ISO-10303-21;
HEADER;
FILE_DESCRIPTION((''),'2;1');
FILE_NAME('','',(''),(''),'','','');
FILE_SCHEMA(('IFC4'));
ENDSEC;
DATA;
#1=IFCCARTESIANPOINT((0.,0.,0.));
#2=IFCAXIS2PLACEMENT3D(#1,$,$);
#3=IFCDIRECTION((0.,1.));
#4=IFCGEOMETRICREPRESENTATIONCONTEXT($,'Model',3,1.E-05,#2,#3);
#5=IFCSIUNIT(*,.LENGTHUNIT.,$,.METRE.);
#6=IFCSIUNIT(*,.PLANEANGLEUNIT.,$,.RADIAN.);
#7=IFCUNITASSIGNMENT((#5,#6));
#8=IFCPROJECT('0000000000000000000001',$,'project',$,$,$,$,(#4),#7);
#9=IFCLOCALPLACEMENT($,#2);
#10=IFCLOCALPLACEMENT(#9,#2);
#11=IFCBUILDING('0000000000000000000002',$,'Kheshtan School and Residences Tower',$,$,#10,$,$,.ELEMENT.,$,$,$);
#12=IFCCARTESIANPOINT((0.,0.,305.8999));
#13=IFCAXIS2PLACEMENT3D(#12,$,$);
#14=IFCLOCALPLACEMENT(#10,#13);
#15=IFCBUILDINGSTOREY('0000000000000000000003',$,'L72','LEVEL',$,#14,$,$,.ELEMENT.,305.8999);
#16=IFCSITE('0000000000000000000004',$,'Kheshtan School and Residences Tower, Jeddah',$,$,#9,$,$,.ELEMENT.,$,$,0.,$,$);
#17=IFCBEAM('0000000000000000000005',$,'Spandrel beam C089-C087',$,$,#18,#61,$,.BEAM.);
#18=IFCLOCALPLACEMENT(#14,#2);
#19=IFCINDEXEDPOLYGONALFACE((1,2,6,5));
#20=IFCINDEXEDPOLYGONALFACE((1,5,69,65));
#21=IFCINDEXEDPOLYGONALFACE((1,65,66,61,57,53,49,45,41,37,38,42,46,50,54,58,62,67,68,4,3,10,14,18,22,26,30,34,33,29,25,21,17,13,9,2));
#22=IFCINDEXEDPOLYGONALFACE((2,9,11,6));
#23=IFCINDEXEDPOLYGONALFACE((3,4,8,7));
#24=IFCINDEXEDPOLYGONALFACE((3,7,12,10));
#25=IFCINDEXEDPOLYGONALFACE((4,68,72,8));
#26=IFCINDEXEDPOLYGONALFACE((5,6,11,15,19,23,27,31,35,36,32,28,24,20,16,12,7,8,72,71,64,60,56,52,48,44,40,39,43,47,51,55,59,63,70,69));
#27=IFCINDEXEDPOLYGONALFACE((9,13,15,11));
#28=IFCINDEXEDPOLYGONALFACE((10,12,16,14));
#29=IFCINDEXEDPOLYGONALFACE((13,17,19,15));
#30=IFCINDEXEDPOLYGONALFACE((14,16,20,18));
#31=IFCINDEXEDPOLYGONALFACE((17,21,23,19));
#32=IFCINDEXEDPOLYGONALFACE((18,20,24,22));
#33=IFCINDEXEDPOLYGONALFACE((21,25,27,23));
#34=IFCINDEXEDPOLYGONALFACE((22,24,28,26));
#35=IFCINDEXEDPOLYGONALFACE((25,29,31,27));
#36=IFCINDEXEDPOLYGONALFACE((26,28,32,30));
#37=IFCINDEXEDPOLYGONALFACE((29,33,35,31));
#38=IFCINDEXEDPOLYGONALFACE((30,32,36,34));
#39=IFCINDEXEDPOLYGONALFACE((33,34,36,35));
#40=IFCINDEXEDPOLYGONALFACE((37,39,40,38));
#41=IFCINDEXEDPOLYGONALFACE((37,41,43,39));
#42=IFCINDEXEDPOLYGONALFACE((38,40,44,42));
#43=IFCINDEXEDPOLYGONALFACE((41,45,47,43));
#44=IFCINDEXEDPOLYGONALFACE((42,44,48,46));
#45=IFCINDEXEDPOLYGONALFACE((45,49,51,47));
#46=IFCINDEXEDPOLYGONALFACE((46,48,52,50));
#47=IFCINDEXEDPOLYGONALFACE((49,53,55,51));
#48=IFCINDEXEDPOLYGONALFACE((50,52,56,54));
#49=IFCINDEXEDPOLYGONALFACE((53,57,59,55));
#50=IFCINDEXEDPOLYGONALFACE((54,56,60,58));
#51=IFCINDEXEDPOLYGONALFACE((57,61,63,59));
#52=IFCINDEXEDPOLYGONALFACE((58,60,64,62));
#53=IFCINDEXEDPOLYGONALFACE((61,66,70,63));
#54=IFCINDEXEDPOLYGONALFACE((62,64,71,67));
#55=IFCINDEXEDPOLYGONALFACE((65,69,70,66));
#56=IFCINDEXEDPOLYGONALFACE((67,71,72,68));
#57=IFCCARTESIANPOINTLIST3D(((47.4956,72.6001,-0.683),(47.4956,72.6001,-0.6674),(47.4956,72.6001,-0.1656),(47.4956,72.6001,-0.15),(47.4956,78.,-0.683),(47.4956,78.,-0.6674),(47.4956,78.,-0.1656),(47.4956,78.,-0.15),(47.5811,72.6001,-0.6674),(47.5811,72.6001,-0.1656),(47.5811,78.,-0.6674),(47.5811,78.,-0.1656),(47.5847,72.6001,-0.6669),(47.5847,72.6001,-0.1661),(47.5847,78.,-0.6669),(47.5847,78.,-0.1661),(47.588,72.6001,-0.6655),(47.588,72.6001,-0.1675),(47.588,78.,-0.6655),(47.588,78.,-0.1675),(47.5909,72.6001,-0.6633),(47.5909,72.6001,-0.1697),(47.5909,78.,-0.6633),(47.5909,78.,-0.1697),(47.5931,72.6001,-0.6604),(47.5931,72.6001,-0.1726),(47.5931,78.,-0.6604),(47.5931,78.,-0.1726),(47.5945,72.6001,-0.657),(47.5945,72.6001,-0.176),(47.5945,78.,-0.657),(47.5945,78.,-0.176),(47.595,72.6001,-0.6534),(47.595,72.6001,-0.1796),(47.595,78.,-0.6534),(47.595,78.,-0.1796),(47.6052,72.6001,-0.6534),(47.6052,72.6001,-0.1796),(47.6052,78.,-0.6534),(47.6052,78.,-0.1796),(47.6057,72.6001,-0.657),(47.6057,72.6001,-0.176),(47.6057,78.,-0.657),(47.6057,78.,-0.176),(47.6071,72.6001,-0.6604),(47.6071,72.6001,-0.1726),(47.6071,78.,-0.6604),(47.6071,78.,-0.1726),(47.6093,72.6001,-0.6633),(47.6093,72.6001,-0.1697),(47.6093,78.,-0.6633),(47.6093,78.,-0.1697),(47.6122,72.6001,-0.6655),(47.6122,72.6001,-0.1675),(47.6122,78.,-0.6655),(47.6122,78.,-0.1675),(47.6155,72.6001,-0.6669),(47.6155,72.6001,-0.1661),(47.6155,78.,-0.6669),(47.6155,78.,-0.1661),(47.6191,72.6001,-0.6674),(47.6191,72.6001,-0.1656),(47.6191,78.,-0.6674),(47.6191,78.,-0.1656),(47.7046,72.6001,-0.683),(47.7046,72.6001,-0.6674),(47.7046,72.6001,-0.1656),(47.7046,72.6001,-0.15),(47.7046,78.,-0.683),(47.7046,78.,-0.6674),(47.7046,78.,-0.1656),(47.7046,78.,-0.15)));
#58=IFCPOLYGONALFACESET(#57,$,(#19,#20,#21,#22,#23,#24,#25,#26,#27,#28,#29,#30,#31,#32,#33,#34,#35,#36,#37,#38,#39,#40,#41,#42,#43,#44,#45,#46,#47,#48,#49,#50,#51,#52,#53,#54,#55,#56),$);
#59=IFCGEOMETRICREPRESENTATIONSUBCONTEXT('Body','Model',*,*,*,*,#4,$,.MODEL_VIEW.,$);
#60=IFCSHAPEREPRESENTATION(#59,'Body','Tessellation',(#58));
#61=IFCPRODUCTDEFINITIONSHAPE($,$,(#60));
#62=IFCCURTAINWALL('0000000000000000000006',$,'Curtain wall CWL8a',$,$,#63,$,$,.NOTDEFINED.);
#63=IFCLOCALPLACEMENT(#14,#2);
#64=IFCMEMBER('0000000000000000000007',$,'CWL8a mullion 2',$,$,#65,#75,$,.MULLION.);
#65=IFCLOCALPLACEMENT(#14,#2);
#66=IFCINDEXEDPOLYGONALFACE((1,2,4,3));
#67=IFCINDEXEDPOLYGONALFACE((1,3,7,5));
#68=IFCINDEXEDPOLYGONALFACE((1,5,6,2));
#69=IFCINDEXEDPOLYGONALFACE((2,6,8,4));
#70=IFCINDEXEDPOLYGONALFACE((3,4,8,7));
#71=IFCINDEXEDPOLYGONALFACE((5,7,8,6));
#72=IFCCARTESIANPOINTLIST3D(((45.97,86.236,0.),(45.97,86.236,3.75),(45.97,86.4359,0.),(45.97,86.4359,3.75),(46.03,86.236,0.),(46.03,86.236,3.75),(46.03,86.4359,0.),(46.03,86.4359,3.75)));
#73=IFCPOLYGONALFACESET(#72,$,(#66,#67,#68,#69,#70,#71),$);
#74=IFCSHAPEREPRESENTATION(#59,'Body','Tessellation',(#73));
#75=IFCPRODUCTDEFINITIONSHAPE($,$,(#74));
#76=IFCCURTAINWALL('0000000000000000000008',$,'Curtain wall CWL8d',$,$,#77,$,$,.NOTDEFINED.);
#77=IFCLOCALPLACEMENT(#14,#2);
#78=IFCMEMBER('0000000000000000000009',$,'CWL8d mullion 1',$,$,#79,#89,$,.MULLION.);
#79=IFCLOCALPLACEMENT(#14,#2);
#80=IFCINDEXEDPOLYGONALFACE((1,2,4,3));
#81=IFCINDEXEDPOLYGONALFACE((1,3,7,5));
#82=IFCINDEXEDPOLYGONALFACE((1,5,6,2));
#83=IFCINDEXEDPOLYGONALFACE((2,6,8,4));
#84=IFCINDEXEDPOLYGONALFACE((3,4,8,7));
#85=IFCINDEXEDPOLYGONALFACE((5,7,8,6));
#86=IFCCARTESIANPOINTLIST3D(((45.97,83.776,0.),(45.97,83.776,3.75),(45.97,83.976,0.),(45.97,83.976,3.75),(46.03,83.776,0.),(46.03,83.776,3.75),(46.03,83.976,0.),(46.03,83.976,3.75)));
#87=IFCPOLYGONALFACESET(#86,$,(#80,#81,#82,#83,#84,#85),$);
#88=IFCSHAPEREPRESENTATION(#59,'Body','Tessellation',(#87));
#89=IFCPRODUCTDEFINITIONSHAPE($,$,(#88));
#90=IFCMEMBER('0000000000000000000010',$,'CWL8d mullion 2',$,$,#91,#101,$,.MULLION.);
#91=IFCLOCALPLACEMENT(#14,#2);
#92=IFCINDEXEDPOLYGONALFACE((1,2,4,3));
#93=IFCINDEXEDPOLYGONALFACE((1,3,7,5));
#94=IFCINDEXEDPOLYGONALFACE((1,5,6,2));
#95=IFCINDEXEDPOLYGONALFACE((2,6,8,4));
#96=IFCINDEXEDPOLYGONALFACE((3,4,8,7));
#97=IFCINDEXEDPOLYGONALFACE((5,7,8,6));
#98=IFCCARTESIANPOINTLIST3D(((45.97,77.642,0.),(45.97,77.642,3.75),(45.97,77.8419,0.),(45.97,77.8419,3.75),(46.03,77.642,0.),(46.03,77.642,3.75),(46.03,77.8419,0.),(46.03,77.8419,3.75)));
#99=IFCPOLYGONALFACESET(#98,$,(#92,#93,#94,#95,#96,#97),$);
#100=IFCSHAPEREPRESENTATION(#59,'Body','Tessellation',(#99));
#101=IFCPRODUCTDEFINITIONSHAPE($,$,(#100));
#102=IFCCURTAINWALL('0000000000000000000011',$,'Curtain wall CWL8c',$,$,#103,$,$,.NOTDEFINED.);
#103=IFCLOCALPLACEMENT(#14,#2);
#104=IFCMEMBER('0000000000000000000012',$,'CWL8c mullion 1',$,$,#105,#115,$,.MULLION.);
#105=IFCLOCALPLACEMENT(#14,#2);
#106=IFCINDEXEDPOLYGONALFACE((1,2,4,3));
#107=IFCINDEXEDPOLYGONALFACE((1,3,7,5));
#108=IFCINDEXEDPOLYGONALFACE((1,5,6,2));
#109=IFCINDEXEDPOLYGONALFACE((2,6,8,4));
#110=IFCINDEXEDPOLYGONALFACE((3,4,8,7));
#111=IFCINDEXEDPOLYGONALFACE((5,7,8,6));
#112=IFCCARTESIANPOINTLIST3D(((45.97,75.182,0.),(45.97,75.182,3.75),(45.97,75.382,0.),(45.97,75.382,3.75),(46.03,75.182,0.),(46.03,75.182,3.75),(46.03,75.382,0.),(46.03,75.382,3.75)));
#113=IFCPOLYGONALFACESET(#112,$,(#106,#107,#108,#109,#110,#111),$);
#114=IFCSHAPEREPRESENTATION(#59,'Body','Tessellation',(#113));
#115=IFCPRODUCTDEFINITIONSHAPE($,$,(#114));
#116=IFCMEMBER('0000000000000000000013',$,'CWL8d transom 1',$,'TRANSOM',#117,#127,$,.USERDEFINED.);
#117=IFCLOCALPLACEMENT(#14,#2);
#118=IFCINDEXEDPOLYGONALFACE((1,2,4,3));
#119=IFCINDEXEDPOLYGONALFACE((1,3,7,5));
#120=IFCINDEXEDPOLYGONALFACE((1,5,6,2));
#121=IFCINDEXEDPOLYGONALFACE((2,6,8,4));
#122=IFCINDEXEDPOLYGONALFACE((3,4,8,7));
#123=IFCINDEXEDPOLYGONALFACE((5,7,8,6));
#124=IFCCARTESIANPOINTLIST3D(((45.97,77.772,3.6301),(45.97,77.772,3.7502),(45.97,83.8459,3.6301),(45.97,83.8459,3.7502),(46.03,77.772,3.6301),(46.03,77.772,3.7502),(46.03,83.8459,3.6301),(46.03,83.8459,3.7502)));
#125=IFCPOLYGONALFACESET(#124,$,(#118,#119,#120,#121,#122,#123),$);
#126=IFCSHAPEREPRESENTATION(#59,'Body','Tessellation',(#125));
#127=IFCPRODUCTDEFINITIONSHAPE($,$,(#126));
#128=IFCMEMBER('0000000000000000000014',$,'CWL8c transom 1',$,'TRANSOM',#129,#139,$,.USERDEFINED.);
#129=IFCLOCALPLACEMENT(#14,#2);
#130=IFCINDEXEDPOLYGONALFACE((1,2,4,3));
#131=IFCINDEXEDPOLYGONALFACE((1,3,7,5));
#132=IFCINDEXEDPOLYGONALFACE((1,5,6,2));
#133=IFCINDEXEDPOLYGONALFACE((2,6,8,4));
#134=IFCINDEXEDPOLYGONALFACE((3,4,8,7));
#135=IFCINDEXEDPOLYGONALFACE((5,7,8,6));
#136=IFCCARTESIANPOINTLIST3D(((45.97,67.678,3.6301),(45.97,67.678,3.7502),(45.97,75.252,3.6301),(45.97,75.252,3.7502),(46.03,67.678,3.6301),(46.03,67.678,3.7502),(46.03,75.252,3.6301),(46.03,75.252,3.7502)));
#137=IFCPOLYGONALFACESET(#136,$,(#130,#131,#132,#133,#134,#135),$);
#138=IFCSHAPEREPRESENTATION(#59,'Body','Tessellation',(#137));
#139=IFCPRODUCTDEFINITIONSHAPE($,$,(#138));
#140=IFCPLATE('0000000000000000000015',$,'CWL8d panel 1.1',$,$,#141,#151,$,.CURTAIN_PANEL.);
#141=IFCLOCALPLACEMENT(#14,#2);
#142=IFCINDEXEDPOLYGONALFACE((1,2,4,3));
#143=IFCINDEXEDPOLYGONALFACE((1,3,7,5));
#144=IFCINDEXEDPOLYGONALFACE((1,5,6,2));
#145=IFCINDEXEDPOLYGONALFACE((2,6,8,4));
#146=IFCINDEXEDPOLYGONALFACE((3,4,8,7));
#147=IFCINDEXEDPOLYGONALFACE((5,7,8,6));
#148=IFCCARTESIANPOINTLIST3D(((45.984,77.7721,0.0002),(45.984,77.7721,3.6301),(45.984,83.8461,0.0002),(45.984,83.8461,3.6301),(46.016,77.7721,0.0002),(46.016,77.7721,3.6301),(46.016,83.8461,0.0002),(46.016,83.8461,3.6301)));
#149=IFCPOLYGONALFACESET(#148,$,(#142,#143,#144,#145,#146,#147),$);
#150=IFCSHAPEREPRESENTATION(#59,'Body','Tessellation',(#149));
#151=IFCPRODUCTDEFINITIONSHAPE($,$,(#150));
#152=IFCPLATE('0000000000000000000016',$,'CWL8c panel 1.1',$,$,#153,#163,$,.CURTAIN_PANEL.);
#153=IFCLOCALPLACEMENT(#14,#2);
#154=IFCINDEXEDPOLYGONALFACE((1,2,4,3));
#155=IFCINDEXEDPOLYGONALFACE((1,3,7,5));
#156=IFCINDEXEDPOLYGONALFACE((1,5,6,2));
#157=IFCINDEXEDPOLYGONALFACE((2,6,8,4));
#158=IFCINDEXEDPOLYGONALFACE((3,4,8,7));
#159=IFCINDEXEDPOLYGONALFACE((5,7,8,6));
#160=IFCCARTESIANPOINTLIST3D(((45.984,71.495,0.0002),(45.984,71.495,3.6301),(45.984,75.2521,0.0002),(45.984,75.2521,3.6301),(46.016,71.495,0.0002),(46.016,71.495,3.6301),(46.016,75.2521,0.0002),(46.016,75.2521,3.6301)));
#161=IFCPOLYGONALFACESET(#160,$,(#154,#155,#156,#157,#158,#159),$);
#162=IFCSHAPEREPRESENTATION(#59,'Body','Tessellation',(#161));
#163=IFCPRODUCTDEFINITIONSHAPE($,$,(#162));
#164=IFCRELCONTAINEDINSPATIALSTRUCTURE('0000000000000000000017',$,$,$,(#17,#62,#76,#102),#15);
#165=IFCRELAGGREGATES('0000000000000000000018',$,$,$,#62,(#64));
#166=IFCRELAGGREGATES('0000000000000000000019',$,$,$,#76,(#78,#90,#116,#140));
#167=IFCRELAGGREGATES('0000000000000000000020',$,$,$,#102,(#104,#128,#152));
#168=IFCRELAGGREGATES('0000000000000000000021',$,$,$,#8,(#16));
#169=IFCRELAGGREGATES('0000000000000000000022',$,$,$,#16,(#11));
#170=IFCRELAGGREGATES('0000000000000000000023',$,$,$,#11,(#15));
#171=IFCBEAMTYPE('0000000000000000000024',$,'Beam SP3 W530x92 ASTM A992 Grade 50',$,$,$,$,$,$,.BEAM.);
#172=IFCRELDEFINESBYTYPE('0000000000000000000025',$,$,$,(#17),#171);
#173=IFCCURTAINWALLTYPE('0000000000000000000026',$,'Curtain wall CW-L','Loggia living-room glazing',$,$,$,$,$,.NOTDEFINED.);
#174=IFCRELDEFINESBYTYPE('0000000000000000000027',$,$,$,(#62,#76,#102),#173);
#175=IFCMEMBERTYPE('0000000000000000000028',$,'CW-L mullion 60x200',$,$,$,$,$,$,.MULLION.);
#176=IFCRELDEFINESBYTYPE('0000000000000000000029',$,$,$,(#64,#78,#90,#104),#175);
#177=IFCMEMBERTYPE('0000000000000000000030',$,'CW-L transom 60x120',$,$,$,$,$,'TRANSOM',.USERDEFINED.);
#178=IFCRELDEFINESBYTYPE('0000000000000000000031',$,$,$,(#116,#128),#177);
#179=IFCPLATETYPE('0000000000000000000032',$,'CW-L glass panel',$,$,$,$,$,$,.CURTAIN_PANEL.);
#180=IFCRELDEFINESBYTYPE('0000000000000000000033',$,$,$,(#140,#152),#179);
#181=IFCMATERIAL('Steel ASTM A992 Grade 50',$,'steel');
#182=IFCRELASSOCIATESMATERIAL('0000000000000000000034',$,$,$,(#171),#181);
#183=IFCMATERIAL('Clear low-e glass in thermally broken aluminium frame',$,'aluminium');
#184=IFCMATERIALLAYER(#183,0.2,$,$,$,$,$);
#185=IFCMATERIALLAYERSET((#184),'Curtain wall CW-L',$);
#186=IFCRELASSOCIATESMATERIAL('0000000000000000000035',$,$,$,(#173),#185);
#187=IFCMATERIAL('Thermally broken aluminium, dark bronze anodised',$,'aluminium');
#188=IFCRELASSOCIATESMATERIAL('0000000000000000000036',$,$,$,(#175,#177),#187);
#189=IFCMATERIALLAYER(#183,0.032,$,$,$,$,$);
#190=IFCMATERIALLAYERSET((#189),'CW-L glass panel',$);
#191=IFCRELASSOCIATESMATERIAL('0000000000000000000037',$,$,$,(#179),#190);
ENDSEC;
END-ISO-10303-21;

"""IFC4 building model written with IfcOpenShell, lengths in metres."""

from ifc_helpers import new_model, si_unit, direction, frame, origin, origin_2d, place, context, subcontext, project, spatial, rectangle, i_section, extrude, material, layer, layer_set, material_profile, profile_set, type_object, element, aggregate, save


model = new_model("IFC4")

# Units and contexts
model_context = context("Model", 3, precision=1e-05, world=origin(), true_north=direction((0.0, 1.0)))
body_context = subcontext(model_context, "Body", "Model", "MODEL_VIEW")
ifc_project = project(units=[si_unit("LENGTHUNIT", "METRE"), si_unit("PLANEANGLEUNIT", "RADIAN")], contexts=[model_context])

# Site, building, storey
site_placement = place(None, origin())
site = spatial("IfcSite", under=ifc_project, at=site_placement, Name="Kheshtan School and Residences Tower, Jeddah", CompositionType="ELEMENT", RefElevation=0.0)
building_placement = place(site_placement, origin())
building = spatial("IfcBuilding", under=site, at=building_placement, Name="Kheshtan School and Residences Tower", CompositionType="ELEMENT")
storey_placement = place(building_placement, frame((0.0, 0.0, 305.8999)))
storey = spatial("IfcBuildingStorey", under=building, at=storey_placement, Name="L72", Description="LEVEL", CompositionType="ELEMENT", Elevation=305.8999)

# Shared definitions
ifc_material_1 = material(Name="Steel ASTM A992 Grade 50", Category="steel")

# Beam
ifc_material_profile_1 = material_profile(ifc_material_1, i_section(OverallWidth=0.209, OverallDepth=0.533, WebThickness=0.0103, FlangeThickness=0.0156, FilletRadius=0.0139, at=origin_2d()), Name="W530x92")
ifc_profile_set_1 = profile_set([ifc_material_profile_1], Name="Steel ASTM A992 Grade 50")
beam_type_1 = type_object("IfcBeamType", Name="Beam SP3 W530x92 ASTM A992 Grade 50", PredefinedType="BEAM", material=ifc_profile_set_1)
for number, where, z_axis, x_axis, name in (
    (1, (47.6001, 78.0, -0.4165), (0.0, -1.0, 0.0), (1.0, 0.0, 0.0), "Spandrel beam C089-C087"),
):
    element("IfcBeam", number, at=place(storey_placement, frame(where, z_axis=z_axis, x_axis=x_axis)), inside=storey, type_object=beam_type_1, Name=name, PredefinedType="BEAM", context=body_context, shape_type="SweptSolid", body=[
        extrude(i_section(OverallWidth=0.209, OverallDepth=0.533, WebThickness=0.0103, FlangeThickness=0.0156, FilletRadius=0.0139, at=origin_2d()), origin(), (0.0, 0.0, 1.0), 5.3999),
    ])

# Curtain wall, member
ifc_material_2 = material(Name="Clear low-e glass in thermally broken aluminium frame", Category="aluminium")
ifc_layer_1 = layer(ifc_material_2, 0.2)
ifc_layer_set_1 = layer_set([ifc_layer_1], Name="Curtain wall CW-L")
curtain_wall_type = type_object("IfcCurtainWallType", Name="Curtain wall CW-L", Description="Loggia living-room glazing", PredefinedType="NOTDEFINED", material=ifc_layer_set_1)
curtain_wall_1_placement = place(storey_placement, origin())
curtain_wall_1 = element("IfcCurtainWall", 2, at=curtain_wall_1_placement, inside=storey, type_object=curtain_wall_type, Name="Curtain wall CWL8a", PredefinedType="NOTDEFINED")
ifc_material_3 = material(Name="Thermally broken aluminium, dark bronze anodised", Category="aluminium")
ifc_material_profile_2 = material_profile(ifc_material_3, rectangle(XDim=0.0601, YDim=0.2, at=origin_2d()), Name="CW-L mullion 60x200")
ifc_profile_set_2 = profile_set([ifc_material_profile_2], Name="Thermally broken aluminium, dark bronze anodised")
member_type_1 = type_object("IfcMemberType", Name="CW-L mullion 60x200", PredefinedType="MULLION", material=ifc_profile_set_2)
member_1_placement = place(storey_placement, frame((46.0, 86.3359, 0.0), z_axis=(0.0, 0.0, 1.0), x_axis=(1.0, 0.0, 0.0)))
member_1 = element("IfcMember", 3, at=member_1_placement, type_object=member_type_1, Name="CWL8a mullion 2", PredefinedType="MULLION", context=body_context, shape_type="SweptSolid", body=[
    extrude(rectangle(XDim=0.0601, YDim=0.2, at=origin_2d()), origin(), (0.0, 0.0, 1.0), 3.75),
])
aggregate(curtain_wall_1, [member_1])

# Curtain wall, members
curtain_wall_2_placement = place(storey_placement, origin())
curtain_wall_2 = element("IfcCurtainWall", 4, at=curtain_wall_2_placement, inside=storey, type_object=curtain_wall_type, Name="Curtain wall CWL8d", PredefinedType="NOTDEFINED")
member_2_placement = place(storey_placement, frame((46.0, 83.876, 0.0), z_axis=(0.0, 0.0, 1.0), x_axis=(1.0, 0.0, 0.0)))
member_2 = element("IfcMember", 5, at=member_2_placement, type_object=member_type_1, Name="CWL8d mullion 1", PredefinedType="MULLION", context=body_context, shape_type="SweptSolid", body=[
    extrude(rectangle(XDim=0.0601, YDim=0.2, at=origin_2d()), origin(), (0.0, 0.0, 1.0), 3.75),
])
member_3_placement = place(storey_placement, frame((46.0, 77.7419, 0.0), z_axis=(0.0, 0.0, 1.0), x_axis=(1.0, 0.0, 0.0)))
member_3 = element("IfcMember", 6, at=member_3_placement, type_object=member_type_1, Name="CWL8d mullion 2", PredefinedType="MULLION", context=body_context, shape_type="SweptSolid", body=[
    extrude(rectangle(XDim=0.0601, YDim=0.2, at=origin_2d()), origin(), (0.0, 0.0, 1.0), 3.75),
])

# Curtain wall, member
curtain_wall_3_placement = place(storey_placement, origin())
curtain_wall_3 = element("IfcCurtainWall", 7, at=curtain_wall_3_placement, inside=storey, type_object=curtain_wall_type, Name="Curtain wall CWL8c", PredefinedType="NOTDEFINED")
member_4_placement = place(storey_placement, frame((46.0, 75.282, 0.0), z_axis=(0.0, 0.0, 1.0), x_axis=(1.0, 0.0, 0.0)))
member_4 = element("IfcMember", 8, at=member_4_placement, type_object=member_type_1, Name="CWL8c mullion 1", PredefinedType="MULLION", context=body_context, shape_type="SweptSolid", body=[
    extrude(rectangle(XDim=0.0601, YDim=0.2, at=origin_2d()), origin(), (0.0, 0.0, 1.0), 3.75),
])

# Members
ifc_material_profile_3 = material_profile(ifc_material_3, rectangle(XDim=0.0601, YDim=0.1201, at=origin_2d()), Name="CW-L transom 60x120")
ifc_profile_set_3 = profile_set([ifc_material_profile_3], Name="Thermally broken aluminium, dark bronze anodised")
member_type_2 = type_object("IfcMemberType", Name="CW-L transom 60x120", ElementType="TRANSOM", PredefinedType="USERDEFINED", material=ifc_profile_set_3)
member_5_placement = place(storey_placement, frame((46.0, 83.8459, 3.6902), z_axis=(0.0, -1.0, 0.0), x_axis=(1.0, 0.0, 0.0)))
member_5 = element("IfcMember", 9, at=member_5_placement, type_object=member_type_2, Name="CWL8d transom 1", ObjectType="TRANSOM", PredefinedType="USERDEFINED", context=body_context, shape_type="SweptSolid", body=[
    extrude(rectangle(XDim=0.0601, YDim=0.1201, at=origin_2d()), origin(), (0.0, 0.0, 1.0), 6.074),
])
member_6_placement = place(storey_placement, frame((46.0, 75.252, 3.6902), z_axis=(0.0, -1.0, 0.0), x_axis=(1.0, 0.0, 0.0)))
member_6 = element("IfcMember", 10, at=member_6_placement, type_object=member_type_2, Name="CWL8c transom 1", ObjectType="TRANSOM", PredefinedType="USERDEFINED", context=body_context, shape_type="SweptSolid", body=[
    extrude(rectangle(XDim=0.0601, YDim=0.1201, at=origin_2d()), origin(), (0.0, 0.0, 1.0), 7.574),
])

# Plates
ifc_layer_2 = layer(ifc_material_2, 0.032)
ifc_layer_set_2 = layer_set([ifc_layer_2], Name="CW-L glass panel")
plate_type = type_object("IfcPlateType", Name="CW-L glass panel", PredefinedType="CURTAIN_PANEL", material=ifc_layer_set_2)
plate_1_placement = place(storey_placement, frame((46.0, 80.8091, 0.0002), z_axis=(0.0, 0.0, 1.0), x_axis=(0.0, -1.0, 0.0)))
plate_1 = element("IfcPlate", 11, at=plate_1_placement, type_object=plate_type, Name="CWL8d panel 1.1", PredefinedType="CURTAIN_PANEL", context=body_context, shape_type="SweptSolid", body=[
    extrude(rectangle(XDim=6.074, YDim=0.032, at=origin_2d()), origin(), (0.0, 0.0, 1.0), 3.6299),
])
aggregate(curtain_wall_2, [member_2, member_3, member_5, plate_1])
plate_2_placement = place(storey_placement, frame((46.0, 73.3735, 0.0002), z_axis=(0.0, 0.0, 1.0), x_axis=(0.0, -1.0, 0.0)))
plate_2 = element("IfcPlate", 12, at=plate_2_placement, type_object=plate_type, Name="CWL8c panel 1.1", PredefinedType="CURTAIN_PANEL", context=body_context, shape_type="SweptSolid", body=[
    extrude(rectangle(XDim=3.7571, YDim=0.032, at=origin_2d()), origin(), (0.0, 0.0, 1.0), 3.6299),
])
aggregate(curtain_wall_3, [member_4, member_6, plate_2])

save(model, "model.ifc")
